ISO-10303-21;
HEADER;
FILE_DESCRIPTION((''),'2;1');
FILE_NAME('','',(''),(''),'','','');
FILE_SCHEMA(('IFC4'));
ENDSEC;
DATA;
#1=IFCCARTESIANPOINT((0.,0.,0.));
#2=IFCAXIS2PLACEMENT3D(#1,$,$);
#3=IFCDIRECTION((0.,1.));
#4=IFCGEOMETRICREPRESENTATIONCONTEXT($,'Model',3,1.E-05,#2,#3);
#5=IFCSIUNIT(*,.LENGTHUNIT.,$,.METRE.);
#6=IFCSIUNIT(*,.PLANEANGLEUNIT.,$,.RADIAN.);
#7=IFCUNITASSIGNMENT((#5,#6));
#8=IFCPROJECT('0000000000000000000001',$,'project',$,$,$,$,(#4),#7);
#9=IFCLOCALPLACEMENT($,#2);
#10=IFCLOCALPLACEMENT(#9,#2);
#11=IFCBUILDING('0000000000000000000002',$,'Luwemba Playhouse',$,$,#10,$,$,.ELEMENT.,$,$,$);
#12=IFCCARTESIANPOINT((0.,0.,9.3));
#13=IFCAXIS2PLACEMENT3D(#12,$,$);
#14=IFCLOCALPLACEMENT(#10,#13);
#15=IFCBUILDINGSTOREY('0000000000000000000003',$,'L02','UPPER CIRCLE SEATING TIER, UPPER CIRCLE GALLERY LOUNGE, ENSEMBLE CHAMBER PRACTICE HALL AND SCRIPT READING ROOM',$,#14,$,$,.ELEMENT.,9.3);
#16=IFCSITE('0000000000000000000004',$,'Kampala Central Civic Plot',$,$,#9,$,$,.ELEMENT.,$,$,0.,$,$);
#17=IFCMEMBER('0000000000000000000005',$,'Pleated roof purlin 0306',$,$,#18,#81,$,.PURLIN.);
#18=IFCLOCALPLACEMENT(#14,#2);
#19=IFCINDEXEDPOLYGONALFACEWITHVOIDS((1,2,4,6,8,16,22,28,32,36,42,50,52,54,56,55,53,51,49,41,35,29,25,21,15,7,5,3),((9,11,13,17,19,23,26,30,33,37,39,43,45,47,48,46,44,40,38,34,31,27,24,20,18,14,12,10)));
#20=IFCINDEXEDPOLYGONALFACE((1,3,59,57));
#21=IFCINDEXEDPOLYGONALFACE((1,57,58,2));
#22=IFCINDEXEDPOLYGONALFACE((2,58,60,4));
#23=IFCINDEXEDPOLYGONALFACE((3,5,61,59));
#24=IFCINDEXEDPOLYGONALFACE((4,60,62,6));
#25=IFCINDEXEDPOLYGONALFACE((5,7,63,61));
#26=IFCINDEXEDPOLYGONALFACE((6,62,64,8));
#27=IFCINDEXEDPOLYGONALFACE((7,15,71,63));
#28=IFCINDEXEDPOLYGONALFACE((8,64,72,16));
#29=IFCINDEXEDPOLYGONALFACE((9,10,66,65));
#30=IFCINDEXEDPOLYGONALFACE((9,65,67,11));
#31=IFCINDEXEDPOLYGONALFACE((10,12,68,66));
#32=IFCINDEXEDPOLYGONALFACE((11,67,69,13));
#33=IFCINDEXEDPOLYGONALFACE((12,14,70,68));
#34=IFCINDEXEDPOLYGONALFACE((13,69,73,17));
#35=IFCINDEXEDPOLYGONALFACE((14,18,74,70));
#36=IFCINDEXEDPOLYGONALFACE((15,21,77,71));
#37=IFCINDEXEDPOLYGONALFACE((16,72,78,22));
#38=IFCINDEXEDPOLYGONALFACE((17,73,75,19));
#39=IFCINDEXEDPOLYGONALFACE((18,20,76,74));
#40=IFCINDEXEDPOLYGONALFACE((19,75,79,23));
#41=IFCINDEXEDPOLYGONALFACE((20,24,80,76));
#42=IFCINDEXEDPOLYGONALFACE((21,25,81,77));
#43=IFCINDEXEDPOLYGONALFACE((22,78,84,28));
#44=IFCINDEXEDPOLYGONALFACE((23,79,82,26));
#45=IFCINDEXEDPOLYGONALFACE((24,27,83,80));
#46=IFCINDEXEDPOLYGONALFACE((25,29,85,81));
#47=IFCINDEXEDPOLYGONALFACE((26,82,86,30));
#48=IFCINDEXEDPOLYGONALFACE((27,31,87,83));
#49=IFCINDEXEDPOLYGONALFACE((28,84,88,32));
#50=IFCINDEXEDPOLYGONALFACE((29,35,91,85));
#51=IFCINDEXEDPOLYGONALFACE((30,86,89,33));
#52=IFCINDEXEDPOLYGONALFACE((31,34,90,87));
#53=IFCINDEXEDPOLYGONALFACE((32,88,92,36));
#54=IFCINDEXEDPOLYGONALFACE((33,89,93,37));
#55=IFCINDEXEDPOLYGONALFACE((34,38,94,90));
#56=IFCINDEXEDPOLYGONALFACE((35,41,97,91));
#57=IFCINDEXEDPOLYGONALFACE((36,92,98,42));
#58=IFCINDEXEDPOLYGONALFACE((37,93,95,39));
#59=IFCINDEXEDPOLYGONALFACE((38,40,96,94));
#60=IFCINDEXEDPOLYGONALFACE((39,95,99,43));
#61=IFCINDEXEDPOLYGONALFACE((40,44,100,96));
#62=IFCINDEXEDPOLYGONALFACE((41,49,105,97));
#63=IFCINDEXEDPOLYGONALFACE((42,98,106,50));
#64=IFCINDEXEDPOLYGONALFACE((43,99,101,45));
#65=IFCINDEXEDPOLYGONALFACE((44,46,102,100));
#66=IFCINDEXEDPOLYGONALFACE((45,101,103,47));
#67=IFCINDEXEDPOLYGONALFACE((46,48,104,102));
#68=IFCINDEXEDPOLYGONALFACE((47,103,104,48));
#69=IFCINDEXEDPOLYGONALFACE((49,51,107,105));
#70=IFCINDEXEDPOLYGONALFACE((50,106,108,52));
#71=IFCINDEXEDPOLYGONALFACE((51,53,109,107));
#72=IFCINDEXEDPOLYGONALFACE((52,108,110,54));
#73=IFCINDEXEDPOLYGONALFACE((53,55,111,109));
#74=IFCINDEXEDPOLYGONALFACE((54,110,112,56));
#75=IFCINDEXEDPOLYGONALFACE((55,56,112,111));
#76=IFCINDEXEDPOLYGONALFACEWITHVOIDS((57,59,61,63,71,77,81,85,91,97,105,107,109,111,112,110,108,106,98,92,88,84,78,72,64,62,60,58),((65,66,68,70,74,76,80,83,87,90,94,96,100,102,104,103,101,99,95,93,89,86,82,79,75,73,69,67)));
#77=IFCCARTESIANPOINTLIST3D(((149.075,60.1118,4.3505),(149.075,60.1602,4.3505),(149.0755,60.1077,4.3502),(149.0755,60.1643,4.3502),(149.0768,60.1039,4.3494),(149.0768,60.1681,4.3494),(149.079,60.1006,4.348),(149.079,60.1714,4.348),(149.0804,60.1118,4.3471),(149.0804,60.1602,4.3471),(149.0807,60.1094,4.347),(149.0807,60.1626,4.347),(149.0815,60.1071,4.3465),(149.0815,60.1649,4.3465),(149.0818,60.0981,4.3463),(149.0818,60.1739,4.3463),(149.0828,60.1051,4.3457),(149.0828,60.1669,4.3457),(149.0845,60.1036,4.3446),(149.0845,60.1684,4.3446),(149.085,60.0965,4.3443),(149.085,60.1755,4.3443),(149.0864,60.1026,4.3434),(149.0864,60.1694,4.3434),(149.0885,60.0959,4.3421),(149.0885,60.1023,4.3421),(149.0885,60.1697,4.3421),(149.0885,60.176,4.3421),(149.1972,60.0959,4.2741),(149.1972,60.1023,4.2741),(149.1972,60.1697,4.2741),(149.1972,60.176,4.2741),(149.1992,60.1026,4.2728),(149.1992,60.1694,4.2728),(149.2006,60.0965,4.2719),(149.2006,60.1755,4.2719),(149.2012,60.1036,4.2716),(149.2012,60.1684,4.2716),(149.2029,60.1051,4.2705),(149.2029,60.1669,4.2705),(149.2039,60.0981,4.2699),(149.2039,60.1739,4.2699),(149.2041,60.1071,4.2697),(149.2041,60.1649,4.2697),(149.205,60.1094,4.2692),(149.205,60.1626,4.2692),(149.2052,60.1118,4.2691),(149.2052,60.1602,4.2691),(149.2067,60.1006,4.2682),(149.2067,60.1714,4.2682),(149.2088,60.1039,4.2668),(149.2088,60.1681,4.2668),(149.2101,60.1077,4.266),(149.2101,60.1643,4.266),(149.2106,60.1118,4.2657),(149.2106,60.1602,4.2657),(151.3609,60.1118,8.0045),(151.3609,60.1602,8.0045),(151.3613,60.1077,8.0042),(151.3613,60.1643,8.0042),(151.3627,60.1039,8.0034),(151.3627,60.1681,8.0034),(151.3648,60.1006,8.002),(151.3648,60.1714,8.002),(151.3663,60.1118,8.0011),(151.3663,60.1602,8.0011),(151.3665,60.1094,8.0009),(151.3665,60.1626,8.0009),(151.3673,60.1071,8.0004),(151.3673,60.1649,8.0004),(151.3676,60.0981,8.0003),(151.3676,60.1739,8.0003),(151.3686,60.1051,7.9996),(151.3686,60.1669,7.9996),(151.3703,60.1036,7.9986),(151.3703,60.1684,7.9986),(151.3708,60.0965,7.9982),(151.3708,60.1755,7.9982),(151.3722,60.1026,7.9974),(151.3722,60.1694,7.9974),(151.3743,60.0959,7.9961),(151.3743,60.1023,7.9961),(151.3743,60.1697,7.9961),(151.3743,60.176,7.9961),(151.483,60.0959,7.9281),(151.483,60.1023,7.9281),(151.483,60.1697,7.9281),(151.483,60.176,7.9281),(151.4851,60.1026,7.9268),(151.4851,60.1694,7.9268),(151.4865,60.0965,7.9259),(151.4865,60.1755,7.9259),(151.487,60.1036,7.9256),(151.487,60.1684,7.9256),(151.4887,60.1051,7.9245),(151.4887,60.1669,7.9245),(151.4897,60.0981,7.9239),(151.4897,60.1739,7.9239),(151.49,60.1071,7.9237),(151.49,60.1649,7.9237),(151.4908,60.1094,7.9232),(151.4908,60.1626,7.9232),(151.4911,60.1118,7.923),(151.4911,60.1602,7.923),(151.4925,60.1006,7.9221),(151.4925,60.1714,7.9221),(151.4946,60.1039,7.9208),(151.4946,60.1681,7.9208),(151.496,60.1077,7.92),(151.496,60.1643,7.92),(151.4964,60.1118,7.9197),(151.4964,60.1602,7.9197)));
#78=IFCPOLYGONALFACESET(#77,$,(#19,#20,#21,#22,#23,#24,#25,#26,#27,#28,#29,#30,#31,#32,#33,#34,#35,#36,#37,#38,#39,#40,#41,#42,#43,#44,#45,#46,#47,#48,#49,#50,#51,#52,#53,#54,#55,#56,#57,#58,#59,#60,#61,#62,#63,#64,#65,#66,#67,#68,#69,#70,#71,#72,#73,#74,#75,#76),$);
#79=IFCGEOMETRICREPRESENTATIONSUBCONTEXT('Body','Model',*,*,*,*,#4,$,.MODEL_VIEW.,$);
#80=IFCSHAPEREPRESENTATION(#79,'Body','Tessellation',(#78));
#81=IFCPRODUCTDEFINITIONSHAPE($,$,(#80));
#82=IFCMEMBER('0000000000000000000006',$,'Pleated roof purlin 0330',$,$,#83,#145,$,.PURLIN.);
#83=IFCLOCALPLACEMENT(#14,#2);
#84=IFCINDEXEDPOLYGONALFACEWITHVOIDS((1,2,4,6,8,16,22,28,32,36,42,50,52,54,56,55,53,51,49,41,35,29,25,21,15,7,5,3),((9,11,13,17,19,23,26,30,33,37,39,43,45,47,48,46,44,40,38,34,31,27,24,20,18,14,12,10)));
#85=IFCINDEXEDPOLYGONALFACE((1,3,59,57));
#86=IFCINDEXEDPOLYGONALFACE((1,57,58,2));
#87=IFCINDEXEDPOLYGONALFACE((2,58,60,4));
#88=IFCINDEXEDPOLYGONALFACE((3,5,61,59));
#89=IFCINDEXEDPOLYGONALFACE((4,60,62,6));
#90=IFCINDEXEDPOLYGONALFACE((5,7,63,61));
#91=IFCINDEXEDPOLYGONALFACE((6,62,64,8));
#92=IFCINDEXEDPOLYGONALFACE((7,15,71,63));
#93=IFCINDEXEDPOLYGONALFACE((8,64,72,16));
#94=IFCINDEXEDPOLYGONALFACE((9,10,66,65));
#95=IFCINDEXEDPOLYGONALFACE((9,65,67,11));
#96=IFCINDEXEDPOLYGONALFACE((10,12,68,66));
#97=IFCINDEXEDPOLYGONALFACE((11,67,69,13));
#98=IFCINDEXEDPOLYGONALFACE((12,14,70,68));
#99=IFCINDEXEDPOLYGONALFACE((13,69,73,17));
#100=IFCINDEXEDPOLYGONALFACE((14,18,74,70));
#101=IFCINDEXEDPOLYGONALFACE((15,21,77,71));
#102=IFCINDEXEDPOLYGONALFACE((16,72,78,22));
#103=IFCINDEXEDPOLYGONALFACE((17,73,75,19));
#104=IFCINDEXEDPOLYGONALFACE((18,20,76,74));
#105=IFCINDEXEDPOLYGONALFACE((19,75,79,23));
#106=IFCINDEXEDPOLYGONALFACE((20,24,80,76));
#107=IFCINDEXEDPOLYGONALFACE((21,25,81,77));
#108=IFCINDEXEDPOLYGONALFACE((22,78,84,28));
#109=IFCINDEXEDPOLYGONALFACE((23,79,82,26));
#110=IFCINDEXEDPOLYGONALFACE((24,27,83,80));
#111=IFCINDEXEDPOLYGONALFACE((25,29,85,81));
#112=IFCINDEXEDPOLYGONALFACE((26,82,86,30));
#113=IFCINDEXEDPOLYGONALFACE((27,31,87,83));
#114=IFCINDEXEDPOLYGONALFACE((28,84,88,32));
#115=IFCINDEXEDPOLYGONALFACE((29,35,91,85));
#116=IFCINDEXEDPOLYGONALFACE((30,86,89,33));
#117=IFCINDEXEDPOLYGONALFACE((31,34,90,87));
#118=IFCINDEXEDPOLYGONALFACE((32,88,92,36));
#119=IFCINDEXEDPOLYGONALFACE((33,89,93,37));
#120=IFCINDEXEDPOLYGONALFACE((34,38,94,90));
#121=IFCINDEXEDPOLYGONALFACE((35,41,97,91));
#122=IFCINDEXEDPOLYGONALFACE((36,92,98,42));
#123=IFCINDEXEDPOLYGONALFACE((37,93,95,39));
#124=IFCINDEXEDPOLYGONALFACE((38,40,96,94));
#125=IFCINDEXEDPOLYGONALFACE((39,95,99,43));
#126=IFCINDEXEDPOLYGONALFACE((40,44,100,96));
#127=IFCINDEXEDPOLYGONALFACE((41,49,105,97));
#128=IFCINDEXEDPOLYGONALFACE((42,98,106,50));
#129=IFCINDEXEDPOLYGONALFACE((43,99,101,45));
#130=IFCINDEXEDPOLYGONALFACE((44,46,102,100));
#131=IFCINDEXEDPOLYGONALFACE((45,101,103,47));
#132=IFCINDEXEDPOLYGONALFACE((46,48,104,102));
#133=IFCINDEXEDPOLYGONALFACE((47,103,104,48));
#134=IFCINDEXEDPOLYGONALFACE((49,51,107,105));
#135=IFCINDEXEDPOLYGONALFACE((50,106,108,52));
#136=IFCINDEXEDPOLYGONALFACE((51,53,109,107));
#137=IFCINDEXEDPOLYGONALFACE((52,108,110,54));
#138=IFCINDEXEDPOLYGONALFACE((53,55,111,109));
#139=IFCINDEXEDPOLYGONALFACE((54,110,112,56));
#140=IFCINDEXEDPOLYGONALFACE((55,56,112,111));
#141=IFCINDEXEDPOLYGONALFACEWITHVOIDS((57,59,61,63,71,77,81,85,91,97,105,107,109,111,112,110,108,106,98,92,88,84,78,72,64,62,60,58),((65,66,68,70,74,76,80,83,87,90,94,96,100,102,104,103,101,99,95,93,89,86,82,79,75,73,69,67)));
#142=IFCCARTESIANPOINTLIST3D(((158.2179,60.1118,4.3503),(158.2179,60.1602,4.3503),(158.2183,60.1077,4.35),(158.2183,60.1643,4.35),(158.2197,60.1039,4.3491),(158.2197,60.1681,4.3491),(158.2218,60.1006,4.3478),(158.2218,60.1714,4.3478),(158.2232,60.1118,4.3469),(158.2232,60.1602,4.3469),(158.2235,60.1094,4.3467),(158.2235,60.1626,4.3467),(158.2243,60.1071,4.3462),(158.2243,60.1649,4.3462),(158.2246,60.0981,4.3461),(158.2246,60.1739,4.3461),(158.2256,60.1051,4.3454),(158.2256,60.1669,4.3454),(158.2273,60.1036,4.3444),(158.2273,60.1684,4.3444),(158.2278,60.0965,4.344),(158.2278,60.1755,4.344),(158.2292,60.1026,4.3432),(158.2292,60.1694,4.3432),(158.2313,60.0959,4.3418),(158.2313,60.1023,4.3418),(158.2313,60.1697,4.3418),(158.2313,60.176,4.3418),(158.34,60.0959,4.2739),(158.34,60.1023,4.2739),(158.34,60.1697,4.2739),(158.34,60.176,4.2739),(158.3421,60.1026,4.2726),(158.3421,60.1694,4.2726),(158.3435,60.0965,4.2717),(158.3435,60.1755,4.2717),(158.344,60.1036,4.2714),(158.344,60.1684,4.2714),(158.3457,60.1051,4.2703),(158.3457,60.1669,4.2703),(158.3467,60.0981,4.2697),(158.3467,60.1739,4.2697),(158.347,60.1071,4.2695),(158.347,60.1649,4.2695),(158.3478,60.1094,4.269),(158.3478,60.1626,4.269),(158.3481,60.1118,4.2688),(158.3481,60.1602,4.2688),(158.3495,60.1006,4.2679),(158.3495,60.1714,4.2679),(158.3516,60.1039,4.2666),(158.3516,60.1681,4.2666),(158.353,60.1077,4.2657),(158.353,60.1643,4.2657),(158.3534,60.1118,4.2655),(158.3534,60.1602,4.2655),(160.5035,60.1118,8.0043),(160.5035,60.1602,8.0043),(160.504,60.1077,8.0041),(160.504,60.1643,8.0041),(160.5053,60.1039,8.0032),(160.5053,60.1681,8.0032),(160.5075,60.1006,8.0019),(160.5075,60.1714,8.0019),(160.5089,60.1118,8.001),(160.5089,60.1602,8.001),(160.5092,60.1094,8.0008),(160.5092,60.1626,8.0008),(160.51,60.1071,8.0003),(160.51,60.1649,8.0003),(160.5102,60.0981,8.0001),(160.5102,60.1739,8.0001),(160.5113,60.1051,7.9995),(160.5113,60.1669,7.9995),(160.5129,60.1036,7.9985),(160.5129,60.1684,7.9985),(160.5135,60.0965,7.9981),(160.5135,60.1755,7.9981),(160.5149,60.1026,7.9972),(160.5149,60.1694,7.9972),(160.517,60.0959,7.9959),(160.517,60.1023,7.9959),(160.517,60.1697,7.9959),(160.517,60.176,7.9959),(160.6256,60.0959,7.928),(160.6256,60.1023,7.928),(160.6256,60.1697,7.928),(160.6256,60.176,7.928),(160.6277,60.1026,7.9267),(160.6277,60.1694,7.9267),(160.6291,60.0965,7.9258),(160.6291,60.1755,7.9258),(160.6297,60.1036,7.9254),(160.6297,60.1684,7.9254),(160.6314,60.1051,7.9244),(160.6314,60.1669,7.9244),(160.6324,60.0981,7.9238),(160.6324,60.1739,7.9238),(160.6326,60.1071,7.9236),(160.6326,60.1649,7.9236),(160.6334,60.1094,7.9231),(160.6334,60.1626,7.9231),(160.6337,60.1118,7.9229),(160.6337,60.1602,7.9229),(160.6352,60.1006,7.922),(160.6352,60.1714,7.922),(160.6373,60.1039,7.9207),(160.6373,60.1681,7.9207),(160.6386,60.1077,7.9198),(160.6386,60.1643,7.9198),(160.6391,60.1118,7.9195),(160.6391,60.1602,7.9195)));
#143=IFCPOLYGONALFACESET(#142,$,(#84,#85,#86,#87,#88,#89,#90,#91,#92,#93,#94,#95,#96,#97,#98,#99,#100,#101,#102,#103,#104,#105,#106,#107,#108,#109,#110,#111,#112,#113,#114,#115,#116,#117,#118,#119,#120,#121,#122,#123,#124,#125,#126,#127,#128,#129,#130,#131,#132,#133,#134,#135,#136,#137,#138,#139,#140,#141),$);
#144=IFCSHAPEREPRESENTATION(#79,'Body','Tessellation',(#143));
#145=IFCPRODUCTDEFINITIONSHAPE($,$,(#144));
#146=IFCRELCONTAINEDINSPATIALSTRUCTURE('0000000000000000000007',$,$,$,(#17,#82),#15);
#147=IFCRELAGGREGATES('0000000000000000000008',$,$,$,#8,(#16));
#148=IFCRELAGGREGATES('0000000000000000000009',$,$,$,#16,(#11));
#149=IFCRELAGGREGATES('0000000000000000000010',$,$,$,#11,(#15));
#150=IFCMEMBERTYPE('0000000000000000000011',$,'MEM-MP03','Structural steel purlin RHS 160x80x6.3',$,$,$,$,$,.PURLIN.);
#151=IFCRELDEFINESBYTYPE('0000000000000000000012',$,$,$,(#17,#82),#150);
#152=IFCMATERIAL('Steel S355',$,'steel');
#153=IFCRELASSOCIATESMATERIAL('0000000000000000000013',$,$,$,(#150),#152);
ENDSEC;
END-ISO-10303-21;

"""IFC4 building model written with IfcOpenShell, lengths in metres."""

from ifc_helpers import new_model, si_unit, direction, frame, origin, origin_2d, place, context, subcontext, project, spatial, hollow_rectangle, extrude, material, material_profile, profile_set, type_object, element, save


model = new_model("IFC4")

# Units and contexts
model_context = context("Model", 3, precision=1e-05, world=origin(), true_north=direction((0.0, 1.0)))
body_context = subcontext(model_context, "Body", "Model", "MODEL_VIEW")
ifc_project = project(units=[si_unit("LENGTHUNIT", "METRE"), si_unit("PLANEANGLEUNIT", "RADIAN")], contexts=[model_context])

# Site, building, storey
site_placement = place(None, origin())
site = spatial("IfcSite", under=ifc_project, at=site_placement, Name="Kampala Central Civic Plot", CompositionType="ELEMENT", RefElevation=0.0)
building_placement = place(site_placement, origin())
building = spatial("IfcBuilding", under=site, at=building_placement, Name="Luwemba Playhouse", CompositionType="ELEMENT")
storey_placement = place(building_placement, frame((0.0, 0.0, 9.3)))
storey = spatial("IfcBuildingStorey", under=building, at=storey_placement, Name="L02", Description="UPPER CIRCLE SEATING TIER, UPPER CIRCLE GALLERY LOUNGE, ENSEMBLE CHAMBER PRACTICE HALL AND SCRIPT READING ROOM", CompositionType="ELEMENT", Elevation=9.3)

# Shared definitions
ifc_material_1 = material(Name="Steel S355", Category="steel")

# Members
ifc_material_profile_1 = material_profile(ifc_material_1, hollow_rectangle(XDim=0.0801, YDim=0.1599, WallThickness=0.0063, InnerFilletRadius=0.0095, OuterFilletRadius=0.0159, at=origin_2d()))
ifc_profile_set_1 = profile_set([ifc_material_profile_1], Name="Steel S355")
member_type_1 = type_object("IfcMemberType", Name="MEM-MP03", Description="Structural steel purlin RHS 160x80x6.3", PredefinedType="PURLIN", material=ifc_profile_set_1)
for number, where, z_axis, x_axis, name in (
    (1, (149.1428, 60.136, 4.3081), (0.53035, 0.0, 0.847779), (0.0, 1.0, 0.0), "Pleated roof purlin 0306"),
    (2, (158.2856, 60.136, 4.3079), (0.530309, 0.0, 0.847804), (0.0, 1.0, 0.0), "Pleated roof purlin 0330"),
):
    element("IfcMember", number, at=place(storey_placement, frame(where, z_axis=z_axis, x_axis=x_axis)), inside=storey, type_object=member_type_1, Name=name, PredefinedType="PURLIN", context=body_context, shape_type="SweptSolid", body=[
        extrude(hollow_rectangle(XDim=0.0801, YDim=0.1599, WallThickness=0.0063, InnerFilletRadius=0.0095, OuterFilletRadius=0.0159, at=origin_2d()), origin(), (0.0, 0.0, 1.0), 4.3101),
    ])

save(model, "model.ifc")
